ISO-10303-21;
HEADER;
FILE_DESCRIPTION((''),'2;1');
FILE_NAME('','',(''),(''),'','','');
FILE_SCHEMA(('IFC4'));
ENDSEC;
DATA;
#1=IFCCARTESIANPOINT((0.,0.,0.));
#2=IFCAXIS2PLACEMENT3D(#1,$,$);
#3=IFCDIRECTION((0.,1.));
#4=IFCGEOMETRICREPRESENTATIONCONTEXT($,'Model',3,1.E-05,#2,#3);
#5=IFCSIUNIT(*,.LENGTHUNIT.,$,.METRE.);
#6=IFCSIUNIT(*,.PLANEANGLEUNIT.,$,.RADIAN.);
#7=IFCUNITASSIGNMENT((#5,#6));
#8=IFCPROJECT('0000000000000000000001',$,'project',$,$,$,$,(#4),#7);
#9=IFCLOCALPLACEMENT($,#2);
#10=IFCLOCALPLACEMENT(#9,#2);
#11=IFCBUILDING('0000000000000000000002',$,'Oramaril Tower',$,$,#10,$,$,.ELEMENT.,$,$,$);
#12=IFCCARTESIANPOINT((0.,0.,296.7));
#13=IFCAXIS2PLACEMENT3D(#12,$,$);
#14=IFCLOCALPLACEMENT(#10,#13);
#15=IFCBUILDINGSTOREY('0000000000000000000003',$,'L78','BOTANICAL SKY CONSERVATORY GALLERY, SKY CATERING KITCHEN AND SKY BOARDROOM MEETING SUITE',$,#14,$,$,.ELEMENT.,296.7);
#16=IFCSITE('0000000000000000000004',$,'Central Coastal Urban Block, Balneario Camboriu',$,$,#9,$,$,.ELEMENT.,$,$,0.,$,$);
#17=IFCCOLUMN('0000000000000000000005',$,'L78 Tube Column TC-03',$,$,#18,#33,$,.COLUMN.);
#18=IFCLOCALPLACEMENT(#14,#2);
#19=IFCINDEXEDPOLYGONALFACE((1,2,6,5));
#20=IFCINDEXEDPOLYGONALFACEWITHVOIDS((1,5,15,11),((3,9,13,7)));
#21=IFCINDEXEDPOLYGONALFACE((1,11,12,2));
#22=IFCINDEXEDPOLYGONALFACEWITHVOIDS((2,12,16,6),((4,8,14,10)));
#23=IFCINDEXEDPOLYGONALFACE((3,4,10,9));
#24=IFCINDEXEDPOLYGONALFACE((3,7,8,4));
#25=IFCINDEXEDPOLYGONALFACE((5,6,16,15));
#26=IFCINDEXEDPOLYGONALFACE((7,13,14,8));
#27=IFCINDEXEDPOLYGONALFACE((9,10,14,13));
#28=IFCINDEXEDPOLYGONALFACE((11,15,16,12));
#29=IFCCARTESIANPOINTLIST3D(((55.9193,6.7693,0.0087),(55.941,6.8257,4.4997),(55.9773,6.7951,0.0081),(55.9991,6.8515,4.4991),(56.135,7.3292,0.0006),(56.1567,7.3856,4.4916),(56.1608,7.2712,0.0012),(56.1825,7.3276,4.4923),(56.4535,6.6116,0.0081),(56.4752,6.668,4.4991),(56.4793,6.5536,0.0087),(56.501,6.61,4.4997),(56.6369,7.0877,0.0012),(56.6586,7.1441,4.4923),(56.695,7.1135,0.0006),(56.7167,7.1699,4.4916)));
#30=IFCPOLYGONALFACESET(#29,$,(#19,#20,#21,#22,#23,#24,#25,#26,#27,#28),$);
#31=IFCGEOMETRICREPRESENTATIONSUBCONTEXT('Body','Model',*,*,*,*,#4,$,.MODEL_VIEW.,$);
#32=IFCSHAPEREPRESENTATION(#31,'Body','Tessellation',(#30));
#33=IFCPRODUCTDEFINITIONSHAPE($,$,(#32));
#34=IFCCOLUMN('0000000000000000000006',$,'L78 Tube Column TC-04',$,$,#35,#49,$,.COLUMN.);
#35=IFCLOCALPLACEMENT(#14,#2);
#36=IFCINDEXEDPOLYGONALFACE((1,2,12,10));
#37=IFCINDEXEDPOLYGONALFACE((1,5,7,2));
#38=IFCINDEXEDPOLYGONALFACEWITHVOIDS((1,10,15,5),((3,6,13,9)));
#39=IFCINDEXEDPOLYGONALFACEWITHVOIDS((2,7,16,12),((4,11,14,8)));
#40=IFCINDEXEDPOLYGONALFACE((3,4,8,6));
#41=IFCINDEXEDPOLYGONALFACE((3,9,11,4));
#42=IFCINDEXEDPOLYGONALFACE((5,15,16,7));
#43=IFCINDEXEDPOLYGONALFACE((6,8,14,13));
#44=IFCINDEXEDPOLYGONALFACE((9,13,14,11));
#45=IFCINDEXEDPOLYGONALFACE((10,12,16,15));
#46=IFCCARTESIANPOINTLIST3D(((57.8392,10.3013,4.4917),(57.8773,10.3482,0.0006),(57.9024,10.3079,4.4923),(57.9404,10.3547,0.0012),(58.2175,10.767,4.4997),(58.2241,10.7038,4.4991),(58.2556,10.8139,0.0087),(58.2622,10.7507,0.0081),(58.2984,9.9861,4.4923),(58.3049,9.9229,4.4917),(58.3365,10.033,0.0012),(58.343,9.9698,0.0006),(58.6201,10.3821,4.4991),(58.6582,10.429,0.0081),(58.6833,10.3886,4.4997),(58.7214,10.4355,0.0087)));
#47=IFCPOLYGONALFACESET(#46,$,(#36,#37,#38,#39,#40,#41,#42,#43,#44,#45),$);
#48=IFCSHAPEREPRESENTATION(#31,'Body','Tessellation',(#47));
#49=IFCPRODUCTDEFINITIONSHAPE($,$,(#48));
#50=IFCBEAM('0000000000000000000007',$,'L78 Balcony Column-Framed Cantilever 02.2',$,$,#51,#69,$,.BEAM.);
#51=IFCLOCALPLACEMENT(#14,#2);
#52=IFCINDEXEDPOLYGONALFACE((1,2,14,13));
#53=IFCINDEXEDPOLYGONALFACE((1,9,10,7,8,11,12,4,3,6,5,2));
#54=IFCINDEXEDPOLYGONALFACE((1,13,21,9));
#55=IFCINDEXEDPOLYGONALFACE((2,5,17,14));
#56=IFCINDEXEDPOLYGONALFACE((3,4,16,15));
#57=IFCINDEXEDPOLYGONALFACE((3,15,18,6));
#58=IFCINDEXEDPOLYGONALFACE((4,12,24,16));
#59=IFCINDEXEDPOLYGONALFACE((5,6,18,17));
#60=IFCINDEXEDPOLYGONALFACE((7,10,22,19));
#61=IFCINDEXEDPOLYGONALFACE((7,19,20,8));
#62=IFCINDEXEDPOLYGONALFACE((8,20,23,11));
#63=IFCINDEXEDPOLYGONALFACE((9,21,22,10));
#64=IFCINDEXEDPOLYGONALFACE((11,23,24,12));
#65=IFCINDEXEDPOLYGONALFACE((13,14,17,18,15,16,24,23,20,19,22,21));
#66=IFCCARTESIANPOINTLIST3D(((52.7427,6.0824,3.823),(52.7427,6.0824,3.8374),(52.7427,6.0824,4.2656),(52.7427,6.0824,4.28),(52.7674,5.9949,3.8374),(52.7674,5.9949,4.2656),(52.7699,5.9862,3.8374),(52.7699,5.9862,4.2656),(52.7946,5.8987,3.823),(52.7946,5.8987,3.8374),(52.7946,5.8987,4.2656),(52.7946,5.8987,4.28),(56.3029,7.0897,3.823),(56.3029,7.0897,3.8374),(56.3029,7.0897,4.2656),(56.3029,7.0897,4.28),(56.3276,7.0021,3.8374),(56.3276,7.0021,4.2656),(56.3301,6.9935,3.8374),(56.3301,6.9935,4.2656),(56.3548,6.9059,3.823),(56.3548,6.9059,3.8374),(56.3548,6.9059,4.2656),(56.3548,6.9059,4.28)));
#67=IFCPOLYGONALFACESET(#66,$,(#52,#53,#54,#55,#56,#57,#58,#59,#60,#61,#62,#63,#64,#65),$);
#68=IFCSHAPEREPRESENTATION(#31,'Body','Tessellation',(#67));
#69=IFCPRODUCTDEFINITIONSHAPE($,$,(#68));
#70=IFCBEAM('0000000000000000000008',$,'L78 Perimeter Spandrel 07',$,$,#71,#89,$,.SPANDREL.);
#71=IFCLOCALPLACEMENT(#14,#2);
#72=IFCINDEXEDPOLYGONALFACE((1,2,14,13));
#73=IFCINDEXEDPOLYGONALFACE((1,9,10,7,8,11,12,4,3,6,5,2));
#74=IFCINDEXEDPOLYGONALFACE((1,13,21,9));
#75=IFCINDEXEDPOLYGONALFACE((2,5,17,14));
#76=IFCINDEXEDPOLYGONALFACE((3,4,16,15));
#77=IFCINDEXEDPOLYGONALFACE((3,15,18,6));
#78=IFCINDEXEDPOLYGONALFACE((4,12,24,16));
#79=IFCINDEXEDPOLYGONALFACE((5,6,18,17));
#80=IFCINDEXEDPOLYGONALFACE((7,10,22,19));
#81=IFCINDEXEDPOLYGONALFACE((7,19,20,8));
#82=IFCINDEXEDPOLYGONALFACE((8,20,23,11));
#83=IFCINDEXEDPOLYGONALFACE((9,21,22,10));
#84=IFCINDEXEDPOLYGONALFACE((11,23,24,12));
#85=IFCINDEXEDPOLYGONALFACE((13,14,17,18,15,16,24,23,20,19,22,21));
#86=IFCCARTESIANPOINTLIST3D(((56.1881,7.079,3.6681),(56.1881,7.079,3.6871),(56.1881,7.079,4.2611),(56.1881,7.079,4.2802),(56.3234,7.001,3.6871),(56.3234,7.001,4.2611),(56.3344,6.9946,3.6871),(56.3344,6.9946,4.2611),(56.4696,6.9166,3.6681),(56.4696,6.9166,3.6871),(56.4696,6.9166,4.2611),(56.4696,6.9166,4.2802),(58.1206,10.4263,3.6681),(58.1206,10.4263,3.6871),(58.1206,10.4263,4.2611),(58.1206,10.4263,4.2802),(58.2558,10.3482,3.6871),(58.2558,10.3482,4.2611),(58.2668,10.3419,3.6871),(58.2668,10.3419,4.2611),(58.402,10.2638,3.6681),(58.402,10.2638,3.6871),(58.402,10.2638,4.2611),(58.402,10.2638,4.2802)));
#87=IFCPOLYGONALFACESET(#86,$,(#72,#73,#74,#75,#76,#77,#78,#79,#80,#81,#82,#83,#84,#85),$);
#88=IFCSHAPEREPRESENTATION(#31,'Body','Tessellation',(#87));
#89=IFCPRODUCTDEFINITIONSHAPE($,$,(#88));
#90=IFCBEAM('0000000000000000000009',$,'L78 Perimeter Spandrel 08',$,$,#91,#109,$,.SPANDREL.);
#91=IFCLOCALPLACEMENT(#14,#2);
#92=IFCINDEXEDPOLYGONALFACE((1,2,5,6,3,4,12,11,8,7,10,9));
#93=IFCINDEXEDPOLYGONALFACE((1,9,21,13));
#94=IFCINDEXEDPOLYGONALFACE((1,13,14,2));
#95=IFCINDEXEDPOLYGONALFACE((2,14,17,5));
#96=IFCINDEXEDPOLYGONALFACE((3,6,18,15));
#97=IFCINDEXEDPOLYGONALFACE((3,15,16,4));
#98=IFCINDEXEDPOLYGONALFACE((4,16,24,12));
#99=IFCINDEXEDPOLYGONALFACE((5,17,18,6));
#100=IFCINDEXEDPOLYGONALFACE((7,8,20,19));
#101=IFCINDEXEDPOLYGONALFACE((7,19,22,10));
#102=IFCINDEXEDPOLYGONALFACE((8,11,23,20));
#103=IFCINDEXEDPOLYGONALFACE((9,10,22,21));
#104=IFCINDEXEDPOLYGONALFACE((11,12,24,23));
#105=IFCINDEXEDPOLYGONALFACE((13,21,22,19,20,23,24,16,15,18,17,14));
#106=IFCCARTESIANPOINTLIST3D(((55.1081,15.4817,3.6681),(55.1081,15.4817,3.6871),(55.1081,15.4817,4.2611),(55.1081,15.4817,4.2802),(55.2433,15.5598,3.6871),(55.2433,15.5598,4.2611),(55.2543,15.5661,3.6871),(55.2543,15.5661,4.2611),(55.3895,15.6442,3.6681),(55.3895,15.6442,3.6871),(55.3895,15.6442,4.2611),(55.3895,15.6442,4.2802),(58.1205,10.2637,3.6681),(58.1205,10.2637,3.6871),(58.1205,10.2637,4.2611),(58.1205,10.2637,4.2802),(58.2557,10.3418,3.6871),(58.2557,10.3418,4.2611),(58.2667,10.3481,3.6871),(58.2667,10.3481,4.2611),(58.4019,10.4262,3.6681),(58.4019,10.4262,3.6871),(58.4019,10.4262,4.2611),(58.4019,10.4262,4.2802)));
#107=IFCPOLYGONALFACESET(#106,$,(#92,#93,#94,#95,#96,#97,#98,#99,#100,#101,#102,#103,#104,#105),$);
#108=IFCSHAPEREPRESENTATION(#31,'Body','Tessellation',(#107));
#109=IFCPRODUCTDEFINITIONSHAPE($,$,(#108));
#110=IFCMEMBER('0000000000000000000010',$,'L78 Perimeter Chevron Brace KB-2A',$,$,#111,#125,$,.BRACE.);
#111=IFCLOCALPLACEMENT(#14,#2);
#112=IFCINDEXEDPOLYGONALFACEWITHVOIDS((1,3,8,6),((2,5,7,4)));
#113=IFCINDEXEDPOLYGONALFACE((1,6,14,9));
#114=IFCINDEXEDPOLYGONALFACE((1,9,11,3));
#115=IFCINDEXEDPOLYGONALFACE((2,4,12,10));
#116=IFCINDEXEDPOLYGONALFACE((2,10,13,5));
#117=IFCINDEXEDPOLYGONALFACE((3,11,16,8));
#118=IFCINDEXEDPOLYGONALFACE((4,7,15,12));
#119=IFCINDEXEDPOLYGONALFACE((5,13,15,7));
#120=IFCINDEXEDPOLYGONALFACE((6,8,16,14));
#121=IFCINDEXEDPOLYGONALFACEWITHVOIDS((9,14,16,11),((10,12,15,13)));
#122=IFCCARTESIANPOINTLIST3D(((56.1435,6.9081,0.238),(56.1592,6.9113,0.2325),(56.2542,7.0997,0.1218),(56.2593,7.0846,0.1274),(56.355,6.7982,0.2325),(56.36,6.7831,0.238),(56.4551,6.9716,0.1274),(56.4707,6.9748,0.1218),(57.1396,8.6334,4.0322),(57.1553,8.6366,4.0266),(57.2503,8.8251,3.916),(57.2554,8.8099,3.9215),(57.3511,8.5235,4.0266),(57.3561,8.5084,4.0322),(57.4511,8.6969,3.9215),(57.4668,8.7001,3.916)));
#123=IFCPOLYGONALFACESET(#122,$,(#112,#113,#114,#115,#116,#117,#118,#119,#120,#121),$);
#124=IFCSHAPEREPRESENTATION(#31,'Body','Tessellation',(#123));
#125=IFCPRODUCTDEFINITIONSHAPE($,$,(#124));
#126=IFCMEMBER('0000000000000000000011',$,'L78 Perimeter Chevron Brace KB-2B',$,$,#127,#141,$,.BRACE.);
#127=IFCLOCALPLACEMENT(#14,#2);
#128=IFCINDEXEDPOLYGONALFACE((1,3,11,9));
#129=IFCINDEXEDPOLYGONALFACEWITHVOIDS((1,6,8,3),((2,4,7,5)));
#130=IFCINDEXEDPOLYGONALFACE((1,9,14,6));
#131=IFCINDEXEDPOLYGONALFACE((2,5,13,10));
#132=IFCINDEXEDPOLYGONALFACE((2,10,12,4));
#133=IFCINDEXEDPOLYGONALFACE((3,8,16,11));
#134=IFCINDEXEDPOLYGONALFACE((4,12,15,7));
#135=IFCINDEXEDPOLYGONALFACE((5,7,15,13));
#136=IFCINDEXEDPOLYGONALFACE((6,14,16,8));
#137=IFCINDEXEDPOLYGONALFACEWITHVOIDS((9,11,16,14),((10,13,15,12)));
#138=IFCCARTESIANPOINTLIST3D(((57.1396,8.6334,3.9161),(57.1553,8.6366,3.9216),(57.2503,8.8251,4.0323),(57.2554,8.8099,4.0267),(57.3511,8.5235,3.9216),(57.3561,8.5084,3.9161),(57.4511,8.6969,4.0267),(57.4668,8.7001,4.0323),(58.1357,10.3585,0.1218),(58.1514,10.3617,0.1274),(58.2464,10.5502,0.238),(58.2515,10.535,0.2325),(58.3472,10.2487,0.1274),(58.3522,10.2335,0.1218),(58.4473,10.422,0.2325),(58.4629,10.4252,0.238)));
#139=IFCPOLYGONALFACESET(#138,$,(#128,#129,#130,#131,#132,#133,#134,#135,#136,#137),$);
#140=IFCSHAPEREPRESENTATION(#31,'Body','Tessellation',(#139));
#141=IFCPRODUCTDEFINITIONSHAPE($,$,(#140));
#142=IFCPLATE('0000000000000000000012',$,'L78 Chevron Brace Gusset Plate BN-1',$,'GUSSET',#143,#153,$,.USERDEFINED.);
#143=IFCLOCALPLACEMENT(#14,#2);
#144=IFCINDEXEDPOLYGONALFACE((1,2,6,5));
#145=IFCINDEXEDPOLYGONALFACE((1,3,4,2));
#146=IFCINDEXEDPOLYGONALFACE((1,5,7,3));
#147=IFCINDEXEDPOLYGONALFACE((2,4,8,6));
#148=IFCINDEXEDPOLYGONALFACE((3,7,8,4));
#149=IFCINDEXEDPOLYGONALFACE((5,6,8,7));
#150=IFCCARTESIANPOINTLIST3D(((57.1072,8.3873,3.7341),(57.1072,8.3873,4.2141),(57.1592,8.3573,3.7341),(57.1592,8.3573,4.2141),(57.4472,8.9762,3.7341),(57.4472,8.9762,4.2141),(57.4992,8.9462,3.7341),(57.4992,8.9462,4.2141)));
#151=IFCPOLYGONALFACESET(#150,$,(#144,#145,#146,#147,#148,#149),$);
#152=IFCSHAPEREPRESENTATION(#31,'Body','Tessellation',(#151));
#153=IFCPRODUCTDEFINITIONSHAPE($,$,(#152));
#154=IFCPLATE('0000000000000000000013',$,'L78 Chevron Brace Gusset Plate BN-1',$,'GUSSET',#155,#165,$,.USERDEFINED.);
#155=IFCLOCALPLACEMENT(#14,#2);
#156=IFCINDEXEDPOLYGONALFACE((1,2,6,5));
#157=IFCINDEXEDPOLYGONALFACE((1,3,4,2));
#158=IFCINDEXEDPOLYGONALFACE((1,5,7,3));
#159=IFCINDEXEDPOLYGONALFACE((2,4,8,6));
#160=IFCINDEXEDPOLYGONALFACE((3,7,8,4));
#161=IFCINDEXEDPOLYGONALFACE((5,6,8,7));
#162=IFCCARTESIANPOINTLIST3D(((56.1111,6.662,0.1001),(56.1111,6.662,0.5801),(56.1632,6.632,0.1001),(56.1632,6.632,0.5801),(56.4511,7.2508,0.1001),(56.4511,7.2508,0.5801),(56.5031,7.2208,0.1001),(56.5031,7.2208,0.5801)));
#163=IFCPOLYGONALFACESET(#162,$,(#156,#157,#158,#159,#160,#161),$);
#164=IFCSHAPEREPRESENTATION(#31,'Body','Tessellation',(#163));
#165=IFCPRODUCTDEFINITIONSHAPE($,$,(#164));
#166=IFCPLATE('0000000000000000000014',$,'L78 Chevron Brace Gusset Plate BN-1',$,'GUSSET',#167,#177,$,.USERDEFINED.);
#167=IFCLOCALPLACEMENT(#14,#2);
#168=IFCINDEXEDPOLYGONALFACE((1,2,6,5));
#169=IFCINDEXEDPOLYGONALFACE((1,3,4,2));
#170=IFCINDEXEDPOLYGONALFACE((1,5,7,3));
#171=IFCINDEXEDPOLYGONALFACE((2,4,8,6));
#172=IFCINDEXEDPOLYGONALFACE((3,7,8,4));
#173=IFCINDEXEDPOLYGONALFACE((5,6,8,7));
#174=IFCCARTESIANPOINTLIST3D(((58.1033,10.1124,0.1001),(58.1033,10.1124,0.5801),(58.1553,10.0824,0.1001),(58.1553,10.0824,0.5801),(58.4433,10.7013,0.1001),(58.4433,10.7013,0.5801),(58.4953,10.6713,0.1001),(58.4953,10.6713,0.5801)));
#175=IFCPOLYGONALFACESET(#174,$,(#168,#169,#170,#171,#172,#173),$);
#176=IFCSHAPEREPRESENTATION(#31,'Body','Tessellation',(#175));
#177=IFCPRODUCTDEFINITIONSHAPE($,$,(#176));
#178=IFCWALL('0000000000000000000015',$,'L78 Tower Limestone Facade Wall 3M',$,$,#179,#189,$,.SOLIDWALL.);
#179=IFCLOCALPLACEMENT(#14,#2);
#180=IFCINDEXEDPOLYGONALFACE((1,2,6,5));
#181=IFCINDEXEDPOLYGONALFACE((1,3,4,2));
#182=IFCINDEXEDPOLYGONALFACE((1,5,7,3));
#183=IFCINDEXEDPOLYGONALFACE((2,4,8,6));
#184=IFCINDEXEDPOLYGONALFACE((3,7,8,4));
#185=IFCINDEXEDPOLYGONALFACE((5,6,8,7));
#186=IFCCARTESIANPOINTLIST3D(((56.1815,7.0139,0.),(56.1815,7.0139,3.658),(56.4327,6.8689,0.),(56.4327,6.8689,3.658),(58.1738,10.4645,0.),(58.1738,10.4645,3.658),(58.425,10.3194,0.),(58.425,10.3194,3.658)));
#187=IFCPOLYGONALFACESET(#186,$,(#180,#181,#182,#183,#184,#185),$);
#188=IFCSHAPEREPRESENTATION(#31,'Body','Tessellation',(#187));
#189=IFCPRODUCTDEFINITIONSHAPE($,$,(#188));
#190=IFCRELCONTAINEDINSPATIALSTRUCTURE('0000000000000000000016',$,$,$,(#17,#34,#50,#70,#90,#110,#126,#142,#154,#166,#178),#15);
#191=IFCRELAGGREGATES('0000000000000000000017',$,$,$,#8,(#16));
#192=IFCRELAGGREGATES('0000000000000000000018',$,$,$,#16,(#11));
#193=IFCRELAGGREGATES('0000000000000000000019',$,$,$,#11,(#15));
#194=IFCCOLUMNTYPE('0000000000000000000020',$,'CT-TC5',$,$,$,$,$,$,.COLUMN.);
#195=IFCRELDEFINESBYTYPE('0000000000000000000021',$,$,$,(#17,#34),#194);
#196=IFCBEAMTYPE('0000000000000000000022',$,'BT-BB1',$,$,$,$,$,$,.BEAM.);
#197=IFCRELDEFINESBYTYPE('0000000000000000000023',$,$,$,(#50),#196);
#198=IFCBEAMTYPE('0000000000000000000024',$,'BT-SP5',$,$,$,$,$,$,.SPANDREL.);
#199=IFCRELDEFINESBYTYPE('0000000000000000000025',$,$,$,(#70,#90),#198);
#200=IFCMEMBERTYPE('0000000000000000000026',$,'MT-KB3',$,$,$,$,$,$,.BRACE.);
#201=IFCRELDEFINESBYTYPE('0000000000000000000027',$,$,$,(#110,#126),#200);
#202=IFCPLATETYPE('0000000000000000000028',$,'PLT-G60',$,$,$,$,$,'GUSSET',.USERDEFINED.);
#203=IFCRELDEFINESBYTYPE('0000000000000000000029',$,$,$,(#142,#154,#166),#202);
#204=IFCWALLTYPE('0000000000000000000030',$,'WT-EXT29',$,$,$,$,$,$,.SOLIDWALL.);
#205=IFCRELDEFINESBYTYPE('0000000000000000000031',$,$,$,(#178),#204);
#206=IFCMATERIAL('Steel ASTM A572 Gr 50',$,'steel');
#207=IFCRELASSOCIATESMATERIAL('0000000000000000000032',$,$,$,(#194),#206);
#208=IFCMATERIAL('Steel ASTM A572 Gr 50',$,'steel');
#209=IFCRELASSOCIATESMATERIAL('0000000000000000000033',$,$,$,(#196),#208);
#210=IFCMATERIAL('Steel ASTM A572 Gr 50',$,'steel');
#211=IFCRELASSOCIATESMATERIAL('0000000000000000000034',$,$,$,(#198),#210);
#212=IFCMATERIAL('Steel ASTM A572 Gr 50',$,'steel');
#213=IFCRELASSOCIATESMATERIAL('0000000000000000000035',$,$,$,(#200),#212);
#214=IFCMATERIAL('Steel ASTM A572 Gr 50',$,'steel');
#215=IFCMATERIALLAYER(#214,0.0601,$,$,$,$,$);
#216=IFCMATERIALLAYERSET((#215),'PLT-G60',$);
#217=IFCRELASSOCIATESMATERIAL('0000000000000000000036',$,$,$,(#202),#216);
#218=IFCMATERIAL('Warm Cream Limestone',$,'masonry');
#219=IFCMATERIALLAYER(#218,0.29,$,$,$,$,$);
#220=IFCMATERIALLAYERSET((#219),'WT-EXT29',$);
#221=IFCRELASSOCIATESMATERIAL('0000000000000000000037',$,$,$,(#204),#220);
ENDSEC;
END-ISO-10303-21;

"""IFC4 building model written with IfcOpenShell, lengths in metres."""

from ifc_helpers import new_model, si_unit, direction, frame, frame_2d, origin, origin_2d, place, context, subcontext, project, spatial, rectangle, hollow_rectangle, i_section, extrude, material, layer, layer_set, material_profile, profile_set, type_object, element, save


model = new_model("IFC4")

# Units and contexts
model_context = context("Model", 3, precision=1e-05, world=origin(), true_north=direction((0.0, 1.0)))
body_context = subcontext(model_context, "Body", "Model", "MODEL_VIEW")
ifc_project = project(units=[si_unit("LENGTHUNIT", "METRE"), si_unit("PLANEANGLEUNIT", "RADIAN")], contexts=[model_context])

# Site, building, storey
site_placement = place(None, origin())
site = spatial("IfcSite", under=ifc_project, at=site_placement, Name="Central Coastal Urban Block, Balneario Camboriu", CompositionType="ELEMENT", RefElevation=0.0)
building_placement = place(site_placement, origin())
building = spatial("IfcBuilding", under=site, at=building_placement, Name="Oramaril Tower", CompositionType="ELEMENT")
storey_placement = place(building_placement, frame((0.0, 0.0, 296.7)))
storey = spatial("IfcBuildingStorey", under=building, at=storey_placement, Name="L78", Description="BOTANICAL SKY CONSERVATORY GALLERY, SKY CATERING KITCHEN AND SKY BOARDROOM MEETING SUITE", CompositionType="ELEMENT", Elevation=296.7)

# Columns
ifc_material_1 = material(Name="Steel ASTM A572 Gr 50", Category="steel")
ifc_material_profile_1 = material_profile(ifc_material_1, hollow_rectangle(XDim=0.6001, YDim=0.6001, WallThickness=0.0449, at=origin_2d()), Name="BOX600X600X45")
ifc_profile_set_1 = profile_set([ifc_material_profile_1], Name="Steel ASTM A572 Gr 50")
column_type = type_object("IfcColumnType", Name="CT-TC5", PredefinedType="COLUMN", material=ifc_profile_set_1)
for number, where, z_axis, x_axis, name in (
    (1, (56.3071, 6.9414, 0.0046), (0.004838, 0.012557, 0.999909), (-0.933137, 0.35952, 0.0), "L78 Tube Column TC-03"),
    (2, (58.2993, 10.3918, 0.0046), (-0.00848, -0.010437, 0.99991), (0.776114, -0.630593, 0.0), "L78 Tube Column TC-04"),
):
    element("IfcColumn", number, at=place(storey_placement, frame(where, z_axis=z_axis, x_axis=x_axis)), inside=storey, type_object=column_type, Name=name, PredefinedType="COLUMN", context=body_context, shape_type="SweptSolid", body=[
        extrude(hollow_rectangle(XDim=0.6001, YDim=0.6001, WallThickness=0.0449, at=origin_2d()), origin(), (0.0, 0.0, 1.0), 4.4915),
    ])

# Beams
ifc_material_2 = material(Name="Steel ASTM A572 Gr 50", Category="steel")
ifc_material_profile_2 = material_profile(ifc_material_2, i_section(OverallWidth=0.1909, OverallDepth=0.457, WebThickness=0.009, FlangeThickness=0.0144, at=origin_2d()), Name="W18X50")
ifc_profile_set_2 = profile_set([ifc_material_profile_2], Name="Steel ASTM A572 Gr 50")
beam_type_1 = type_object("IfcBeamType", Name="BT-BB1", PredefinedType="BEAM", material=ifc_profile_set_2)
beam_1_placement = place(storey_placement, frame((56.3289, 6.9978, 4.0515), z_axis=(-0.962228, -0.272245, 0.0), x_axis=(0.272245, -0.962228, 0.0)))
element("IfcBeam", 3, at=beam_1_placement, inside=storey, type_object=beam_type_1, Name="L78 Balcony Column-Framed Cantilever 02.2", PredefinedType="BEAM", context=body_context, shape_type="SweptSolid", body=[
    extrude(i_section(OverallWidth=0.1909, OverallDepth=0.457, WebThickness=0.009, FlangeThickness=0.0144, at=origin_2d()), origin(), (0.0, 0.0, 1.0), 3.7),
])
ifc_material_3 = material(Name="Steel ASTM A572 Gr 50", Category="steel")
ifc_material_profile_3 = material_profile(ifc_material_3, i_section(OverallWidth=0.325, OverallDepth=0.6121, WebThickness=0.0127, FlangeThickness=0.019, at=origin_2d()), Name="W24X104")
ifc_profile_set_3 = profile_set([ifc_material_profile_3], Name="Steel ASTM A572 Gr 50")
beam_type_2 = type_object("IfcBeamType", Name="BT-SP5", PredefinedType="SPANDREL", material=ifc_profile_set_3)
beam_2_placement = place(storey_placement, frame((56.3289, 6.9978, 3.9741), z_axis=(0.499978, 0.866038, 0.0), x_axis=(-0.866038, 0.499978, 0.0)))
element("IfcBeam", 4, at=beam_2_placement, inside=storey, type_object=beam_type_2, Name="L78 Perimeter Spandrel 07", PredefinedType="SPANDREL", context=body_context, shape_type="SweptSolid", body=[
    extrude(i_section(OverallWidth=0.325, OverallDepth=0.6121, WebThickness=0.0127, FlangeThickness=0.019, at=origin_2d()), origin(), (0.0, 0.0, 1.0), 3.865),
])
beam_3_placement = place(storey_placement, frame((58.2612, 10.345, 3.9741), z_axis=(-0.499979, 0.866038, 0.0), x_axis=(-0.866038, -0.499979, 0.0)))
element("IfcBeam", 5, at=beam_3_placement, inside=storey, type_object=beam_type_2, Name="L78 Perimeter Spandrel 08", PredefinedType="SPANDREL", context=body_context, shape_type="SweptSolid", body=[
    extrude(i_section(OverallWidth=0.325, OverallDepth=0.6121, WebThickness=0.0127, FlangeThickness=0.019, at=origin_2d()), origin(), (0.0, 0.0, 1.0), 6.0251),
])

# Members
ifc_material_4 = material(Name="Steel ASTM A572 Gr 50", Category="steel")
ifc_material_profile_4 = material_profile(ifc_material_4, hollow_rectangle(XDim=0.25, YDim=0.25, WallThickness=0.012, at=origin_2d()), Name="HSS250X250X12")
ifc_profile_set_4 = profile_set([ifc_material_profile_4], Name="Steel ASTM A572 Gr 50")
member_type = type_object("IfcMemberType", Name="MT-KB3", PredefinedType="BRACE", material=ifc_profile_set_4)
for number, where, z_axis, x_axis, name in (
    (6, (56.3071, 6.9414, 0.1799), (0.232437, 0.402607, 0.88537), (-0.866033, 0.499988, 0.0), "L78 Perimeter Chevron Brace KB-2A"),
    (7, (58.2993, 10.3918, 0.1799), (-0.232443, -0.402559, 0.885391), (0.866002, -0.500041, 0.0), "L78 Perimeter Chevron Brace KB-2B"),
):
    element("IfcMember", number, at=place(storey_placement, frame(where, z_axis=z_axis, x_axis=x_axis)), inside=storey, type_object=member_type, Name=name, PredefinedType="BRACE", context=body_context, shape_type="SweptSolid", body=[
        extrude(hollow_rectangle(XDim=0.25, YDim=0.25, WallThickness=0.012, at=origin_2d()), origin(), (0.0, 0.0, 1.0), 4.2854),
    ])

# Plates
ifc_material_5 = material(Name="Steel ASTM A572 Gr 50", Category="steel")
ifc_layer_1 = layer(ifc_material_5, 0.0601)
ifc_layer_set_1 = layer_set([ifc_layer_1], Name="PLT-G60")
plate_type = type_object("IfcPlateType", Name="PLT-G60", ElementType="GUSSET", PredefinedType="USERDEFINED", material=ifc_layer_set_1)
for number, where, z_axis, x_axis, name in (
    (8, (57.3032, 8.6667, 3.7341), (0.0, 0.0, 1.0), (0.499991, 0.866031, 0.0), "L78 Chevron Brace Gusset Plate BN-1"),
    (9, (56.3071, 6.9414, 0.1001), (0.0, 0.0, 1.0), (0.499991, 0.866031, 0.0), "L78 Chevron Brace Gusset Plate BN-1"),
    (10, (58.2993, 10.3918, 0.1001), (0.0, 0.0, 1.0), (0.499991, 0.866031, 0.0), "L78 Chevron Brace Gusset Plate BN-1"),
):
    element("IfcPlate", number, at=place(storey_placement, frame(where, z_axis=z_axis, x_axis=x_axis)), inside=storey, type_object=plate_type, Name=name, ObjectType="GUSSET", PredefinedType="USERDEFINED", context=body_context, shape_type="SweptSolid", body=[
        extrude(rectangle(XDim=0.6799, YDim=0.0601, at=origin_2d()), origin(), (0.0, 0.0, 1.0), 0.48),
    ])

# Wall
ifc_material_6 = material(Name="Warm Cream Limestone", Category="masonry")
ifc_layer_2 = layer(ifc_material_6, 0.29)
ifc_layer_set_2 = layer_set([ifc_layer_2], Name="WT-EXT29")
wall_type = type_object("IfcWallType", Name="WT-EXT29", PredefinedType="SOLIDWALL", material=ifc_layer_set_2)
wall_1_placement = place(storey_placement, frame((56.3071, 6.9414, 0.0), z_axis=(0.0, 0.0, 1.0), x_axis=(0.500014, 0.866017, 0.0)))
element("IfcWall", 11, at=wall_1_placement, inside=storey, type_object=wall_type, Name="L78 Tower Limestone Facade Wall 3M", PredefinedType="SOLIDWALL", context=body_context, shape_type="SweptSolid", body=[
    extrude(rectangle(XDim=3.9844, YDim=0.29, at=frame_2d((1.9922, 0.0))), origin(), (0.0, 0.0, 1.0), 3.658),
])

save(model, "model.ifc")
